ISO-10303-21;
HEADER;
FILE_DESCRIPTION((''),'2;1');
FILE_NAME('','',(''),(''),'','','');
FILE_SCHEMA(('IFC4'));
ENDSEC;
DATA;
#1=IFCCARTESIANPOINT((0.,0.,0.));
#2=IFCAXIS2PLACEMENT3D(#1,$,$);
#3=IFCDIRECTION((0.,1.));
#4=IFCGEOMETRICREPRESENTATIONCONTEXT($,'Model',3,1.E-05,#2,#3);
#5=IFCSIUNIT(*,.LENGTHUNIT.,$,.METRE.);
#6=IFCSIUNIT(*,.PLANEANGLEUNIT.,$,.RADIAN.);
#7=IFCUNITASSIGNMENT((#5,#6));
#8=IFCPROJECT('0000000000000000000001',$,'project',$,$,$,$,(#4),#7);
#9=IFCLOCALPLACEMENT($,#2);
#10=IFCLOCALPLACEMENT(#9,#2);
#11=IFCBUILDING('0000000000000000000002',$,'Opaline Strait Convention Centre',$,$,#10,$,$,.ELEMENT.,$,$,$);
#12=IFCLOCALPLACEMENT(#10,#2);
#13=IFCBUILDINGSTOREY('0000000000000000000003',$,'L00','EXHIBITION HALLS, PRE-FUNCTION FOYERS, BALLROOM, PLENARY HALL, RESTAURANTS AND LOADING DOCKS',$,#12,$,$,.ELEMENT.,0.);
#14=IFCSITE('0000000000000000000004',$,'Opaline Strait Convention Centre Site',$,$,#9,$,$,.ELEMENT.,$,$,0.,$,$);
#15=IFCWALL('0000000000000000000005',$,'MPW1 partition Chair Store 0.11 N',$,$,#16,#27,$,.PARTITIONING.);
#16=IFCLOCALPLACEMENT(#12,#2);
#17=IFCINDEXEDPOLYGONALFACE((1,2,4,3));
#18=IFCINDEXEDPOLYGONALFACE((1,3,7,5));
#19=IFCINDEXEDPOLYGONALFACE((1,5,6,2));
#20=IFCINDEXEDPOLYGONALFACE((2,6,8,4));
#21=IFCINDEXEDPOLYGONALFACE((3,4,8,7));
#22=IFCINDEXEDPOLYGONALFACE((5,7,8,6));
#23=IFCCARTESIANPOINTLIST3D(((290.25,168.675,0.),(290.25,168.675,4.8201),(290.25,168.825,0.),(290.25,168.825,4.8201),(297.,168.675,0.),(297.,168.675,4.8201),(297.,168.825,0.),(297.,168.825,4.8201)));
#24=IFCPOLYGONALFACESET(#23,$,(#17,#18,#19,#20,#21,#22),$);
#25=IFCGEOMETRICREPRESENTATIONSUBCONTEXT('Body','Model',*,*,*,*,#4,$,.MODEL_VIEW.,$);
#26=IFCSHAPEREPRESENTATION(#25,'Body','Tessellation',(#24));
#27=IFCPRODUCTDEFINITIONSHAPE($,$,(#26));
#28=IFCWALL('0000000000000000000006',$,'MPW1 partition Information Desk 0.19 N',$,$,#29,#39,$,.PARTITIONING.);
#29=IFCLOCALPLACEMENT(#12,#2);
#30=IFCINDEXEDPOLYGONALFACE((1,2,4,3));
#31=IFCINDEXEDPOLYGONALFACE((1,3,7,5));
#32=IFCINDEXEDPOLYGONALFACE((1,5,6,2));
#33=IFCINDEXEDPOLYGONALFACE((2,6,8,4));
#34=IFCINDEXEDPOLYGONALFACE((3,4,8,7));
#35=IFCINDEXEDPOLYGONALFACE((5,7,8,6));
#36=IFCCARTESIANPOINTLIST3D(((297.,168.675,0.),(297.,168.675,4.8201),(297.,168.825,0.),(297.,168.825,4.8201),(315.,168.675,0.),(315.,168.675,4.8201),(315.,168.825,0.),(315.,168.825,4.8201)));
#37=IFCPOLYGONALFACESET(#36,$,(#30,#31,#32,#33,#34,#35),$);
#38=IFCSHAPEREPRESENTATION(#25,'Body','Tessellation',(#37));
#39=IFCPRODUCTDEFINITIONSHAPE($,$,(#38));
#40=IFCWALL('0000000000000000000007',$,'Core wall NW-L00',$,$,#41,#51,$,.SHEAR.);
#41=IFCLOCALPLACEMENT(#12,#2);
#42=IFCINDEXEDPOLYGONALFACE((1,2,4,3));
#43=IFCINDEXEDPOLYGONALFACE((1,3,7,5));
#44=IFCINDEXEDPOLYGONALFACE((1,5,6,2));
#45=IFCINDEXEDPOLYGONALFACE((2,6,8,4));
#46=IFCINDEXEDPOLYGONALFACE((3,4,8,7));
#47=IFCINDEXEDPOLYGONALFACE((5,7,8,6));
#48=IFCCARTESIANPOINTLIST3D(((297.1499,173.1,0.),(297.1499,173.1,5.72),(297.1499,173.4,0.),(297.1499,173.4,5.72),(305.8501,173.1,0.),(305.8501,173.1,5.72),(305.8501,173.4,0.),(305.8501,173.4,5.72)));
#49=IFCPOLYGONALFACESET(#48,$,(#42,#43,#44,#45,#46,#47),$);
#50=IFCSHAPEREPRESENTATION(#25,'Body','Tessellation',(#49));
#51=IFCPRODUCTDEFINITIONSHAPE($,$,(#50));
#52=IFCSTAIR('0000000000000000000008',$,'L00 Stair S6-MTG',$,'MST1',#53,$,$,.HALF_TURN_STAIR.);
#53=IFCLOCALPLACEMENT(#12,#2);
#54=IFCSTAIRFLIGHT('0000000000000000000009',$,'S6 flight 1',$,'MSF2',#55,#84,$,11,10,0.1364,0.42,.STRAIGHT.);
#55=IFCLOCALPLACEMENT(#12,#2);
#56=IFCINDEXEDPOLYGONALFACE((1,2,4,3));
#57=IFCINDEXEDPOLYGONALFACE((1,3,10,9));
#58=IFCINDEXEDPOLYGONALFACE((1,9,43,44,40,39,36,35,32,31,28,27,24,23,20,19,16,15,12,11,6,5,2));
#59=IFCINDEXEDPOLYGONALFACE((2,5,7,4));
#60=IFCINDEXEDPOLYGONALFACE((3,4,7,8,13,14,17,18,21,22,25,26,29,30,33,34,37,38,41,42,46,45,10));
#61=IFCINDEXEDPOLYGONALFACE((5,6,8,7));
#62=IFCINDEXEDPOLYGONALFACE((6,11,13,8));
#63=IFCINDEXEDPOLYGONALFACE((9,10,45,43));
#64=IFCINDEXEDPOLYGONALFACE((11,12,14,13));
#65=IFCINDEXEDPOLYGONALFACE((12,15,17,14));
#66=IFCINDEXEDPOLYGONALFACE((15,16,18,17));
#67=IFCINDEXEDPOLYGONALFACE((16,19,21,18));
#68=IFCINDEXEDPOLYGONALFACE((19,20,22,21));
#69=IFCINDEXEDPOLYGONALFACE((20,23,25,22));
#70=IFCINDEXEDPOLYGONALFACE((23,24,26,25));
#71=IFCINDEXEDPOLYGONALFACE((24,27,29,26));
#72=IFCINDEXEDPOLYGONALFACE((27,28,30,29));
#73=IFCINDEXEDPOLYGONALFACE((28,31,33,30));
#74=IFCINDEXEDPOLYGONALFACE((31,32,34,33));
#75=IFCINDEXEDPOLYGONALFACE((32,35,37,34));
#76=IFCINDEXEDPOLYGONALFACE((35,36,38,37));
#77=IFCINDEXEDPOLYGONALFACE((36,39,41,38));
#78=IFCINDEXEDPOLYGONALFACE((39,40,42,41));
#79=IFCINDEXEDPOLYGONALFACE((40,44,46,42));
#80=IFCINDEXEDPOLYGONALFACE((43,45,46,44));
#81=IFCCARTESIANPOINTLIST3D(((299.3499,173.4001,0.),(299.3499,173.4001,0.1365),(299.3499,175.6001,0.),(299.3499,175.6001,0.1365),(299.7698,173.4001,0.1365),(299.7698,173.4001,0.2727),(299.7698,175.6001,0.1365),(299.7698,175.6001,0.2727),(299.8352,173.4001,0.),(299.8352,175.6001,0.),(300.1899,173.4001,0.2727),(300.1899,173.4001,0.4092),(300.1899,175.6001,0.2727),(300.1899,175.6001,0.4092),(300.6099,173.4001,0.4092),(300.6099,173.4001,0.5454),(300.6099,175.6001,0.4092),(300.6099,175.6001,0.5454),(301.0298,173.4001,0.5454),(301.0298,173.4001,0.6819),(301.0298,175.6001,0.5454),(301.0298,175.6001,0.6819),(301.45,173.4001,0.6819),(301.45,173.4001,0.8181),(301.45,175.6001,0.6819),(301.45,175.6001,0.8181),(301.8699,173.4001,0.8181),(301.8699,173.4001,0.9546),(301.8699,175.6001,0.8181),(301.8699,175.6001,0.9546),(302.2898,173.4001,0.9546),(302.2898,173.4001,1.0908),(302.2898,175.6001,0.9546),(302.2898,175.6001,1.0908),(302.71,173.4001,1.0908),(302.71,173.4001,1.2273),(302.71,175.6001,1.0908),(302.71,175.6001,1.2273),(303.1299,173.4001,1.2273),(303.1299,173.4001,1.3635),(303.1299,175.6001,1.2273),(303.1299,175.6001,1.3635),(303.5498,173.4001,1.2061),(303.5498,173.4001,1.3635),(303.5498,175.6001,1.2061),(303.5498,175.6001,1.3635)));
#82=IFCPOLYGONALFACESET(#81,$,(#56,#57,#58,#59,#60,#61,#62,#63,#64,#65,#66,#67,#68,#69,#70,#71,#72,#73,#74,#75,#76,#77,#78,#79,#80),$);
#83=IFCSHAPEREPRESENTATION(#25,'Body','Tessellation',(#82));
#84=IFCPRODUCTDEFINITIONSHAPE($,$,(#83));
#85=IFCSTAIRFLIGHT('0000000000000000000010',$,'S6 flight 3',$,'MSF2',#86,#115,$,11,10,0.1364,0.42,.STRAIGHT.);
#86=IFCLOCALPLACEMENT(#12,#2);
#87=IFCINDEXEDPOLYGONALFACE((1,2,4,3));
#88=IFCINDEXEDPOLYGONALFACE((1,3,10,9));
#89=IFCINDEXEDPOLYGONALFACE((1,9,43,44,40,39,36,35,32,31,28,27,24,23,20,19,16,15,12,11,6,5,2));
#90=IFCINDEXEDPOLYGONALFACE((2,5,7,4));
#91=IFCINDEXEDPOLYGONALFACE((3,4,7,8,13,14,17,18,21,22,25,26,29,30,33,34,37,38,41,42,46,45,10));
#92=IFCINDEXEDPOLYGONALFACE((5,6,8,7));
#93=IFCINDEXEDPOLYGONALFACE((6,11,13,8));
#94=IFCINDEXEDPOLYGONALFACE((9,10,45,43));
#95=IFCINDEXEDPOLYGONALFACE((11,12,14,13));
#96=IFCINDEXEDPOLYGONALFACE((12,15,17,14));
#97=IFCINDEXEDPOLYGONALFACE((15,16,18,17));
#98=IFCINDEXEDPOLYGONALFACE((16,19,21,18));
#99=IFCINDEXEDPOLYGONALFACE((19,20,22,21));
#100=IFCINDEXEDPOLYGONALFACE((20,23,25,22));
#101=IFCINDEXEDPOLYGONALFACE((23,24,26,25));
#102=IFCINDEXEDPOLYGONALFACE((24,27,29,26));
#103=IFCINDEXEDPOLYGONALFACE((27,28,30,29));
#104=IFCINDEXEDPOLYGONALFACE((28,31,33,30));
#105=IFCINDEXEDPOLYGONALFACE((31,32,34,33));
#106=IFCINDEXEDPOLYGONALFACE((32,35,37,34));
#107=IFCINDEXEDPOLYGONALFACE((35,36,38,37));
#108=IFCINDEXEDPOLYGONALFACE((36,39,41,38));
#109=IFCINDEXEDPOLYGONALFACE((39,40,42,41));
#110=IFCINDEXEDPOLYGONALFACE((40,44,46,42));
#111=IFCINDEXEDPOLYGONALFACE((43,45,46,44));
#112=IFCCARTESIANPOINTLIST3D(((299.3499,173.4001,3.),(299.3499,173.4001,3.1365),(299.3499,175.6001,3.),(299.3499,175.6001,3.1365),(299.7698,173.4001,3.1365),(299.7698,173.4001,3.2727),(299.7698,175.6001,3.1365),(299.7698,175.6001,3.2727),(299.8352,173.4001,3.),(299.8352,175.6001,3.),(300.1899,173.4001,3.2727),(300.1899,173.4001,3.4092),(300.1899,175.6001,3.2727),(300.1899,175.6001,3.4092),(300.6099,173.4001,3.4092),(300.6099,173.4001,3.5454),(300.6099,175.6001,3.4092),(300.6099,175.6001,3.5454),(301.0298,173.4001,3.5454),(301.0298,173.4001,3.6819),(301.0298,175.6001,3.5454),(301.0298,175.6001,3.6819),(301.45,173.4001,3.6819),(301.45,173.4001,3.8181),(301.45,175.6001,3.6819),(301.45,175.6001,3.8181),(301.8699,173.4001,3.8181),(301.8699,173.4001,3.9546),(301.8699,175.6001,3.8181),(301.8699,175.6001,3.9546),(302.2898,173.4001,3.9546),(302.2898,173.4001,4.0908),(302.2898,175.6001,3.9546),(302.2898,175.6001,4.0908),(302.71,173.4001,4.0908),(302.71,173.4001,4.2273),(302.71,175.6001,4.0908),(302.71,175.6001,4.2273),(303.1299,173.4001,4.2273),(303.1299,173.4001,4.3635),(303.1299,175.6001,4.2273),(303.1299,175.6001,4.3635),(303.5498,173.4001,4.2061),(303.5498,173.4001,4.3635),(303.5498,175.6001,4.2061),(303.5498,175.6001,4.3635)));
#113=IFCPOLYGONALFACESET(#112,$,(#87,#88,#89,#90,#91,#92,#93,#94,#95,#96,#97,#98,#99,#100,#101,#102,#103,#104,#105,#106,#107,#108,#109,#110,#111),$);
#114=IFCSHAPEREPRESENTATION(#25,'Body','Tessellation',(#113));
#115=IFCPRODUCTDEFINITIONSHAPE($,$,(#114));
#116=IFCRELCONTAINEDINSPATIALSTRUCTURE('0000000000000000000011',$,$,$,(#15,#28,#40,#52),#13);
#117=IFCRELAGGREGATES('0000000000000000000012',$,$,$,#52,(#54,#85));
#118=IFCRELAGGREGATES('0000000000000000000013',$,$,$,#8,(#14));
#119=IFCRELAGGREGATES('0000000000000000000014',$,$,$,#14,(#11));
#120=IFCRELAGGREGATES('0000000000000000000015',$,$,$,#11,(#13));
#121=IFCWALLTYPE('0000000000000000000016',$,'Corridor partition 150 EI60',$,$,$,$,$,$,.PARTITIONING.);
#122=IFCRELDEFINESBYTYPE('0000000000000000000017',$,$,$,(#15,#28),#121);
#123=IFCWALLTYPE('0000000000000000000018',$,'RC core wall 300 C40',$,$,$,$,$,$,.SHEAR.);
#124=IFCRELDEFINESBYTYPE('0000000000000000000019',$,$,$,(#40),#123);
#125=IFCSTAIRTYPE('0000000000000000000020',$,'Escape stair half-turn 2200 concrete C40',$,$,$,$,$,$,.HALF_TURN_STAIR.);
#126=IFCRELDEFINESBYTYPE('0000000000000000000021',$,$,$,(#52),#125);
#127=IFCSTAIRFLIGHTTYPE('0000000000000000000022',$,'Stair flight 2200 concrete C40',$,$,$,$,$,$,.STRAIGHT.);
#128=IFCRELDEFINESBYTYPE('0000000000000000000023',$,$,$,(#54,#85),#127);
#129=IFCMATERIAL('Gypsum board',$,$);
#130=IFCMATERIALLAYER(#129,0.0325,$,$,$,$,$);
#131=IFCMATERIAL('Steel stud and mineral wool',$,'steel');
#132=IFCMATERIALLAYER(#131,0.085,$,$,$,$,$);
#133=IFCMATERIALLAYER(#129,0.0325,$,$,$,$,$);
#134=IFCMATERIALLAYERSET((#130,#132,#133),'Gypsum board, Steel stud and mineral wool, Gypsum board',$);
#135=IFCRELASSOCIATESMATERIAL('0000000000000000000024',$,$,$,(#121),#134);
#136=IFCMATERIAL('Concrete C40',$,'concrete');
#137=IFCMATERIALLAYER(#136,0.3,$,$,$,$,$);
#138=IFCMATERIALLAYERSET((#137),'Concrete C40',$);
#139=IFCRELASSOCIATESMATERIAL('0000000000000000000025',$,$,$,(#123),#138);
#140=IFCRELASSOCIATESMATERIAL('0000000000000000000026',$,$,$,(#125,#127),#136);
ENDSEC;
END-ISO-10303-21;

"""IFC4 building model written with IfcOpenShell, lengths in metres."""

from ifc_helpers import new_model, si_unit, direction, frame, frame_2d, origin, place, context, subcontext, project, spatial, polyline, rectangle, outline, extrude, material, layer, layer_set, type_object, element, aggregate, save


model = new_model("IFC4")

# Units and contexts
model_context = context("Model", 3, precision=1e-05, world=origin(), true_north=direction((0.0, 1.0)))
body_context = subcontext(model_context, "Body", "Model", "MODEL_VIEW")
ifc_project = project(units=[si_unit("LENGTHUNIT", "METRE"), si_unit("PLANEANGLEUNIT", "RADIAN")], contexts=[model_context])

# Site, building, storey
site_placement = place(None, origin())
site = spatial("IfcSite", under=ifc_project, at=site_placement, Name="Opaline Strait Convention Centre Site", CompositionType="ELEMENT", RefElevation=0.0)
building_placement = place(site_placement, origin())
building = spatial("IfcBuilding", under=site, at=building_placement, Name="Opaline Strait Convention Centre", CompositionType="ELEMENT")
storey_placement = place(building_placement, origin())
storey = spatial("IfcBuildingStorey", under=building, at=storey_placement, Name="L00", Description="EXHIBITION HALLS, PRE-FUNCTION FOYERS, BALLROOM, PLENARY HALL, RESTAURANTS AND LOADING DOCKS", CompositionType="ELEMENT", Elevation=0.0)

# Shared definitions
ifc_material_1 = material(Name="Concrete C40", Category="concrete")

# Walls
ifc_material_2 = material(Name="Gypsum board")
ifc_layer_1 = layer(ifc_material_2, 0.0325)
ifc_material_3 = material(Name="Steel stud and mineral wool", Category="steel")
ifc_layer_2 = layer(ifc_material_3, 0.085)
ifc_layer_3 = layer(ifc_material_2, 0.0325)
ifc_layer_set_1 = layer_set([ifc_layer_1, ifc_layer_2, ifc_layer_3], Name="Gypsum board, Steel stud and mineral wool, Gypsum board")
wall_type_1 = type_object("IfcWallType", Name="Corridor partition 150 EI60", PredefinedType="PARTITIONING", material=ifc_layer_set_1)
wall_1_placement = place(storey_placement, frame((290.25, 168.75, 0.0), z_axis=(0.0, 0.0, 1.0), x_axis=(1.0, 0.0, 0.0)))
element("IfcWall", 1, at=wall_1_placement, inside=storey, type_object=wall_type_1, Name="MPW1 partition Chair Store 0.11 N", PredefinedType="PARTITIONING", context=body_context, shape_type="SweptSolid", body=[
    extrude(rectangle(XDim=6.75, YDim=0.1499, at=frame_2d((3.375, 0.0))), origin(), (0.0, 0.0, 1.0), 4.8201),
])
wall_2_placement = place(storey_placement, frame((297.0, 168.75, 0.0), z_axis=(0.0, 0.0, 1.0), x_axis=(1.0, 0.0, 0.0)))
element("IfcWall", 2, at=wall_2_placement, inside=storey, type_object=wall_type_1, Name="MPW1 partition Information Desk 0.19 N", PredefinedType="PARTITIONING", context=body_context, shape_type="SweptSolid", body=[
    extrude(rectangle(XDim=18.0, YDim=0.1499, at=frame_2d((9.0, 0.0))), origin(), (0.0, 0.0, 1.0), 4.8201),
])

# Shared definitions
ifc_layer_4 = layer(ifc_material_1, 0.3)
ifc_layer_set_2 = layer_set([ifc_layer_4], Name="Concrete C40")
wall_type_2 = type_object("IfcWallType", Name="RC core wall 300 C40", PredefinedType="SHEAR", material=ifc_layer_set_2)

# Wall
wall_3_placement = place(storey_placement, frame((297.1499, 173.25, 0.0), z_axis=(0.0, 0.0, 1.0), x_axis=(1.0, 0.0, 0.0)))
element("IfcWall", 3, at=wall_3_placement, inside=storey, type_object=wall_type_2, Name="Core wall NW-L00", PredefinedType="SHEAR", context=body_context, shape_type="SweptSolid", body=[
    extrude(rectangle(XDim=8.7002, YDim=0.3, at=frame_2d((4.3501, 0.0))), origin(), (0.0, 0.0, 1.0), 5.72),
])

# Stair, stair flights
stair_type = type_object("IfcStairType", Name="Escape stair half-turn 2200 concrete C40", PredefinedType="HALF_TURN_STAIR", material=ifc_material_1)
stair_placement = place(storey_placement, origin())
stair = element("IfcStair", 4, at=stair_placement, inside=storey, type_object=stair_type, Name="L00 Stair S6-MTG", ObjectType="MST1", PredefinedType="HALF_TURN_STAIR")
stair_flight_type = type_object("IfcStairFlightType", Name="Stair flight 2200 concrete C40", PredefinedType="STRAIGHT", material=ifc_material_1)
stair_flight_1_placement = place(storey_placement, frame((299.3499, 174.5, 0.0), z_axis=(0.0, 0.0, 1.0), x_axis=(1.0, 0.0, 0.0)))
stair_flight_1 = element("IfcStairFlight", 5, at=stair_flight_1_placement, type_object=stair_flight_type, Name="S6 flight 1", ObjectType="MSF2", NumberOfRisers=11, NumberOfTreads=10, PredefinedType="STRAIGHT", RiserHeight=0.1364, TreadLength=0.42, context=body_context, shape_type="SweptSolid", body=[
    extrude(outline(polyline([(0.0, 0.0), (0.0, 0.1365), (0.4199, 0.1365), (0.4199, 0.2727), (0.8401, 0.2727), (0.8401, 0.4092), (1.26, 0.4092), (1.26, 0.5454), (1.6799, 0.5454), (1.6799, 0.6819), (2.1001, 0.6819), (2.1001, 0.8181), (2.52, 0.8181), (2.52, 0.9546), (2.9399, 0.9546), (2.9399, 1.0908), (3.3601, 1.0908), (3.3601, 1.2273), (3.78, 1.2273), (3.78, 1.3635), (4.2, 1.3635), (4.2, 1.5), (4.2, 1.2061), (0.4854, 0.0), (0.0, 0.0)])), frame((0.0, 1.1001, 0.0), z_axis=(0.0, -1.0, 0.0), x_axis=(1.0, 0.0, 0.0)), (0.0, 0.0, 1.0), 2.2),
])
stair_flight_2_placement = place(storey_placement, frame((299.3499, 174.5, 3.0), z_axis=(0.0, 0.0, 1.0), x_axis=(1.0, 0.0, 0.0)))
stair_flight_2 = element("IfcStairFlight", 6, at=stair_flight_2_placement, type_object=stair_flight_type, Name="S6 flight 3", ObjectType="MSF2", NumberOfRisers=11, NumberOfTreads=10, PredefinedType="STRAIGHT", RiserHeight=0.1364, TreadLength=0.42, context=body_context, shape_type="SweptSolid", body=[
    extrude(outline(polyline([(0.0, 0.0), (0.0, 0.1365), (0.4199, 0.1365), (0.4199, 0.2727), (0.8401, 0.2727), (0.8401, 0.4092), (1.26, 0.4092), (1.26, 0.5454), (1.6799, 0.5454), (1.6799, 0.6819), (2.1001, 0.6819), (2.1001, 0.8181), (2.52, 0.8181), (2.52, 0.9546), (2.9399, 0.9546), (2.9399, 1.0908), (3.3601, 1.0908), (3.3601, 1.2273), (3.78, 1.2273), (3.78, 1.3635), (4.2, 1.3635), (4.2, 1.5), (4.2, 1.2061), (0.4854, 0.0), (0.0, 0.0)])), frame((0.0, 1.1001, 0.0), z_axis=(0.0, -1.0, 0.0), x_axis=(1.0, 0.0, 0.0)), (0.0, 0.0, 1.0), 2.2),
])
aggregate(stair, [stair_flight_1, stair_flight_2])

save(model, "model.ifc")
